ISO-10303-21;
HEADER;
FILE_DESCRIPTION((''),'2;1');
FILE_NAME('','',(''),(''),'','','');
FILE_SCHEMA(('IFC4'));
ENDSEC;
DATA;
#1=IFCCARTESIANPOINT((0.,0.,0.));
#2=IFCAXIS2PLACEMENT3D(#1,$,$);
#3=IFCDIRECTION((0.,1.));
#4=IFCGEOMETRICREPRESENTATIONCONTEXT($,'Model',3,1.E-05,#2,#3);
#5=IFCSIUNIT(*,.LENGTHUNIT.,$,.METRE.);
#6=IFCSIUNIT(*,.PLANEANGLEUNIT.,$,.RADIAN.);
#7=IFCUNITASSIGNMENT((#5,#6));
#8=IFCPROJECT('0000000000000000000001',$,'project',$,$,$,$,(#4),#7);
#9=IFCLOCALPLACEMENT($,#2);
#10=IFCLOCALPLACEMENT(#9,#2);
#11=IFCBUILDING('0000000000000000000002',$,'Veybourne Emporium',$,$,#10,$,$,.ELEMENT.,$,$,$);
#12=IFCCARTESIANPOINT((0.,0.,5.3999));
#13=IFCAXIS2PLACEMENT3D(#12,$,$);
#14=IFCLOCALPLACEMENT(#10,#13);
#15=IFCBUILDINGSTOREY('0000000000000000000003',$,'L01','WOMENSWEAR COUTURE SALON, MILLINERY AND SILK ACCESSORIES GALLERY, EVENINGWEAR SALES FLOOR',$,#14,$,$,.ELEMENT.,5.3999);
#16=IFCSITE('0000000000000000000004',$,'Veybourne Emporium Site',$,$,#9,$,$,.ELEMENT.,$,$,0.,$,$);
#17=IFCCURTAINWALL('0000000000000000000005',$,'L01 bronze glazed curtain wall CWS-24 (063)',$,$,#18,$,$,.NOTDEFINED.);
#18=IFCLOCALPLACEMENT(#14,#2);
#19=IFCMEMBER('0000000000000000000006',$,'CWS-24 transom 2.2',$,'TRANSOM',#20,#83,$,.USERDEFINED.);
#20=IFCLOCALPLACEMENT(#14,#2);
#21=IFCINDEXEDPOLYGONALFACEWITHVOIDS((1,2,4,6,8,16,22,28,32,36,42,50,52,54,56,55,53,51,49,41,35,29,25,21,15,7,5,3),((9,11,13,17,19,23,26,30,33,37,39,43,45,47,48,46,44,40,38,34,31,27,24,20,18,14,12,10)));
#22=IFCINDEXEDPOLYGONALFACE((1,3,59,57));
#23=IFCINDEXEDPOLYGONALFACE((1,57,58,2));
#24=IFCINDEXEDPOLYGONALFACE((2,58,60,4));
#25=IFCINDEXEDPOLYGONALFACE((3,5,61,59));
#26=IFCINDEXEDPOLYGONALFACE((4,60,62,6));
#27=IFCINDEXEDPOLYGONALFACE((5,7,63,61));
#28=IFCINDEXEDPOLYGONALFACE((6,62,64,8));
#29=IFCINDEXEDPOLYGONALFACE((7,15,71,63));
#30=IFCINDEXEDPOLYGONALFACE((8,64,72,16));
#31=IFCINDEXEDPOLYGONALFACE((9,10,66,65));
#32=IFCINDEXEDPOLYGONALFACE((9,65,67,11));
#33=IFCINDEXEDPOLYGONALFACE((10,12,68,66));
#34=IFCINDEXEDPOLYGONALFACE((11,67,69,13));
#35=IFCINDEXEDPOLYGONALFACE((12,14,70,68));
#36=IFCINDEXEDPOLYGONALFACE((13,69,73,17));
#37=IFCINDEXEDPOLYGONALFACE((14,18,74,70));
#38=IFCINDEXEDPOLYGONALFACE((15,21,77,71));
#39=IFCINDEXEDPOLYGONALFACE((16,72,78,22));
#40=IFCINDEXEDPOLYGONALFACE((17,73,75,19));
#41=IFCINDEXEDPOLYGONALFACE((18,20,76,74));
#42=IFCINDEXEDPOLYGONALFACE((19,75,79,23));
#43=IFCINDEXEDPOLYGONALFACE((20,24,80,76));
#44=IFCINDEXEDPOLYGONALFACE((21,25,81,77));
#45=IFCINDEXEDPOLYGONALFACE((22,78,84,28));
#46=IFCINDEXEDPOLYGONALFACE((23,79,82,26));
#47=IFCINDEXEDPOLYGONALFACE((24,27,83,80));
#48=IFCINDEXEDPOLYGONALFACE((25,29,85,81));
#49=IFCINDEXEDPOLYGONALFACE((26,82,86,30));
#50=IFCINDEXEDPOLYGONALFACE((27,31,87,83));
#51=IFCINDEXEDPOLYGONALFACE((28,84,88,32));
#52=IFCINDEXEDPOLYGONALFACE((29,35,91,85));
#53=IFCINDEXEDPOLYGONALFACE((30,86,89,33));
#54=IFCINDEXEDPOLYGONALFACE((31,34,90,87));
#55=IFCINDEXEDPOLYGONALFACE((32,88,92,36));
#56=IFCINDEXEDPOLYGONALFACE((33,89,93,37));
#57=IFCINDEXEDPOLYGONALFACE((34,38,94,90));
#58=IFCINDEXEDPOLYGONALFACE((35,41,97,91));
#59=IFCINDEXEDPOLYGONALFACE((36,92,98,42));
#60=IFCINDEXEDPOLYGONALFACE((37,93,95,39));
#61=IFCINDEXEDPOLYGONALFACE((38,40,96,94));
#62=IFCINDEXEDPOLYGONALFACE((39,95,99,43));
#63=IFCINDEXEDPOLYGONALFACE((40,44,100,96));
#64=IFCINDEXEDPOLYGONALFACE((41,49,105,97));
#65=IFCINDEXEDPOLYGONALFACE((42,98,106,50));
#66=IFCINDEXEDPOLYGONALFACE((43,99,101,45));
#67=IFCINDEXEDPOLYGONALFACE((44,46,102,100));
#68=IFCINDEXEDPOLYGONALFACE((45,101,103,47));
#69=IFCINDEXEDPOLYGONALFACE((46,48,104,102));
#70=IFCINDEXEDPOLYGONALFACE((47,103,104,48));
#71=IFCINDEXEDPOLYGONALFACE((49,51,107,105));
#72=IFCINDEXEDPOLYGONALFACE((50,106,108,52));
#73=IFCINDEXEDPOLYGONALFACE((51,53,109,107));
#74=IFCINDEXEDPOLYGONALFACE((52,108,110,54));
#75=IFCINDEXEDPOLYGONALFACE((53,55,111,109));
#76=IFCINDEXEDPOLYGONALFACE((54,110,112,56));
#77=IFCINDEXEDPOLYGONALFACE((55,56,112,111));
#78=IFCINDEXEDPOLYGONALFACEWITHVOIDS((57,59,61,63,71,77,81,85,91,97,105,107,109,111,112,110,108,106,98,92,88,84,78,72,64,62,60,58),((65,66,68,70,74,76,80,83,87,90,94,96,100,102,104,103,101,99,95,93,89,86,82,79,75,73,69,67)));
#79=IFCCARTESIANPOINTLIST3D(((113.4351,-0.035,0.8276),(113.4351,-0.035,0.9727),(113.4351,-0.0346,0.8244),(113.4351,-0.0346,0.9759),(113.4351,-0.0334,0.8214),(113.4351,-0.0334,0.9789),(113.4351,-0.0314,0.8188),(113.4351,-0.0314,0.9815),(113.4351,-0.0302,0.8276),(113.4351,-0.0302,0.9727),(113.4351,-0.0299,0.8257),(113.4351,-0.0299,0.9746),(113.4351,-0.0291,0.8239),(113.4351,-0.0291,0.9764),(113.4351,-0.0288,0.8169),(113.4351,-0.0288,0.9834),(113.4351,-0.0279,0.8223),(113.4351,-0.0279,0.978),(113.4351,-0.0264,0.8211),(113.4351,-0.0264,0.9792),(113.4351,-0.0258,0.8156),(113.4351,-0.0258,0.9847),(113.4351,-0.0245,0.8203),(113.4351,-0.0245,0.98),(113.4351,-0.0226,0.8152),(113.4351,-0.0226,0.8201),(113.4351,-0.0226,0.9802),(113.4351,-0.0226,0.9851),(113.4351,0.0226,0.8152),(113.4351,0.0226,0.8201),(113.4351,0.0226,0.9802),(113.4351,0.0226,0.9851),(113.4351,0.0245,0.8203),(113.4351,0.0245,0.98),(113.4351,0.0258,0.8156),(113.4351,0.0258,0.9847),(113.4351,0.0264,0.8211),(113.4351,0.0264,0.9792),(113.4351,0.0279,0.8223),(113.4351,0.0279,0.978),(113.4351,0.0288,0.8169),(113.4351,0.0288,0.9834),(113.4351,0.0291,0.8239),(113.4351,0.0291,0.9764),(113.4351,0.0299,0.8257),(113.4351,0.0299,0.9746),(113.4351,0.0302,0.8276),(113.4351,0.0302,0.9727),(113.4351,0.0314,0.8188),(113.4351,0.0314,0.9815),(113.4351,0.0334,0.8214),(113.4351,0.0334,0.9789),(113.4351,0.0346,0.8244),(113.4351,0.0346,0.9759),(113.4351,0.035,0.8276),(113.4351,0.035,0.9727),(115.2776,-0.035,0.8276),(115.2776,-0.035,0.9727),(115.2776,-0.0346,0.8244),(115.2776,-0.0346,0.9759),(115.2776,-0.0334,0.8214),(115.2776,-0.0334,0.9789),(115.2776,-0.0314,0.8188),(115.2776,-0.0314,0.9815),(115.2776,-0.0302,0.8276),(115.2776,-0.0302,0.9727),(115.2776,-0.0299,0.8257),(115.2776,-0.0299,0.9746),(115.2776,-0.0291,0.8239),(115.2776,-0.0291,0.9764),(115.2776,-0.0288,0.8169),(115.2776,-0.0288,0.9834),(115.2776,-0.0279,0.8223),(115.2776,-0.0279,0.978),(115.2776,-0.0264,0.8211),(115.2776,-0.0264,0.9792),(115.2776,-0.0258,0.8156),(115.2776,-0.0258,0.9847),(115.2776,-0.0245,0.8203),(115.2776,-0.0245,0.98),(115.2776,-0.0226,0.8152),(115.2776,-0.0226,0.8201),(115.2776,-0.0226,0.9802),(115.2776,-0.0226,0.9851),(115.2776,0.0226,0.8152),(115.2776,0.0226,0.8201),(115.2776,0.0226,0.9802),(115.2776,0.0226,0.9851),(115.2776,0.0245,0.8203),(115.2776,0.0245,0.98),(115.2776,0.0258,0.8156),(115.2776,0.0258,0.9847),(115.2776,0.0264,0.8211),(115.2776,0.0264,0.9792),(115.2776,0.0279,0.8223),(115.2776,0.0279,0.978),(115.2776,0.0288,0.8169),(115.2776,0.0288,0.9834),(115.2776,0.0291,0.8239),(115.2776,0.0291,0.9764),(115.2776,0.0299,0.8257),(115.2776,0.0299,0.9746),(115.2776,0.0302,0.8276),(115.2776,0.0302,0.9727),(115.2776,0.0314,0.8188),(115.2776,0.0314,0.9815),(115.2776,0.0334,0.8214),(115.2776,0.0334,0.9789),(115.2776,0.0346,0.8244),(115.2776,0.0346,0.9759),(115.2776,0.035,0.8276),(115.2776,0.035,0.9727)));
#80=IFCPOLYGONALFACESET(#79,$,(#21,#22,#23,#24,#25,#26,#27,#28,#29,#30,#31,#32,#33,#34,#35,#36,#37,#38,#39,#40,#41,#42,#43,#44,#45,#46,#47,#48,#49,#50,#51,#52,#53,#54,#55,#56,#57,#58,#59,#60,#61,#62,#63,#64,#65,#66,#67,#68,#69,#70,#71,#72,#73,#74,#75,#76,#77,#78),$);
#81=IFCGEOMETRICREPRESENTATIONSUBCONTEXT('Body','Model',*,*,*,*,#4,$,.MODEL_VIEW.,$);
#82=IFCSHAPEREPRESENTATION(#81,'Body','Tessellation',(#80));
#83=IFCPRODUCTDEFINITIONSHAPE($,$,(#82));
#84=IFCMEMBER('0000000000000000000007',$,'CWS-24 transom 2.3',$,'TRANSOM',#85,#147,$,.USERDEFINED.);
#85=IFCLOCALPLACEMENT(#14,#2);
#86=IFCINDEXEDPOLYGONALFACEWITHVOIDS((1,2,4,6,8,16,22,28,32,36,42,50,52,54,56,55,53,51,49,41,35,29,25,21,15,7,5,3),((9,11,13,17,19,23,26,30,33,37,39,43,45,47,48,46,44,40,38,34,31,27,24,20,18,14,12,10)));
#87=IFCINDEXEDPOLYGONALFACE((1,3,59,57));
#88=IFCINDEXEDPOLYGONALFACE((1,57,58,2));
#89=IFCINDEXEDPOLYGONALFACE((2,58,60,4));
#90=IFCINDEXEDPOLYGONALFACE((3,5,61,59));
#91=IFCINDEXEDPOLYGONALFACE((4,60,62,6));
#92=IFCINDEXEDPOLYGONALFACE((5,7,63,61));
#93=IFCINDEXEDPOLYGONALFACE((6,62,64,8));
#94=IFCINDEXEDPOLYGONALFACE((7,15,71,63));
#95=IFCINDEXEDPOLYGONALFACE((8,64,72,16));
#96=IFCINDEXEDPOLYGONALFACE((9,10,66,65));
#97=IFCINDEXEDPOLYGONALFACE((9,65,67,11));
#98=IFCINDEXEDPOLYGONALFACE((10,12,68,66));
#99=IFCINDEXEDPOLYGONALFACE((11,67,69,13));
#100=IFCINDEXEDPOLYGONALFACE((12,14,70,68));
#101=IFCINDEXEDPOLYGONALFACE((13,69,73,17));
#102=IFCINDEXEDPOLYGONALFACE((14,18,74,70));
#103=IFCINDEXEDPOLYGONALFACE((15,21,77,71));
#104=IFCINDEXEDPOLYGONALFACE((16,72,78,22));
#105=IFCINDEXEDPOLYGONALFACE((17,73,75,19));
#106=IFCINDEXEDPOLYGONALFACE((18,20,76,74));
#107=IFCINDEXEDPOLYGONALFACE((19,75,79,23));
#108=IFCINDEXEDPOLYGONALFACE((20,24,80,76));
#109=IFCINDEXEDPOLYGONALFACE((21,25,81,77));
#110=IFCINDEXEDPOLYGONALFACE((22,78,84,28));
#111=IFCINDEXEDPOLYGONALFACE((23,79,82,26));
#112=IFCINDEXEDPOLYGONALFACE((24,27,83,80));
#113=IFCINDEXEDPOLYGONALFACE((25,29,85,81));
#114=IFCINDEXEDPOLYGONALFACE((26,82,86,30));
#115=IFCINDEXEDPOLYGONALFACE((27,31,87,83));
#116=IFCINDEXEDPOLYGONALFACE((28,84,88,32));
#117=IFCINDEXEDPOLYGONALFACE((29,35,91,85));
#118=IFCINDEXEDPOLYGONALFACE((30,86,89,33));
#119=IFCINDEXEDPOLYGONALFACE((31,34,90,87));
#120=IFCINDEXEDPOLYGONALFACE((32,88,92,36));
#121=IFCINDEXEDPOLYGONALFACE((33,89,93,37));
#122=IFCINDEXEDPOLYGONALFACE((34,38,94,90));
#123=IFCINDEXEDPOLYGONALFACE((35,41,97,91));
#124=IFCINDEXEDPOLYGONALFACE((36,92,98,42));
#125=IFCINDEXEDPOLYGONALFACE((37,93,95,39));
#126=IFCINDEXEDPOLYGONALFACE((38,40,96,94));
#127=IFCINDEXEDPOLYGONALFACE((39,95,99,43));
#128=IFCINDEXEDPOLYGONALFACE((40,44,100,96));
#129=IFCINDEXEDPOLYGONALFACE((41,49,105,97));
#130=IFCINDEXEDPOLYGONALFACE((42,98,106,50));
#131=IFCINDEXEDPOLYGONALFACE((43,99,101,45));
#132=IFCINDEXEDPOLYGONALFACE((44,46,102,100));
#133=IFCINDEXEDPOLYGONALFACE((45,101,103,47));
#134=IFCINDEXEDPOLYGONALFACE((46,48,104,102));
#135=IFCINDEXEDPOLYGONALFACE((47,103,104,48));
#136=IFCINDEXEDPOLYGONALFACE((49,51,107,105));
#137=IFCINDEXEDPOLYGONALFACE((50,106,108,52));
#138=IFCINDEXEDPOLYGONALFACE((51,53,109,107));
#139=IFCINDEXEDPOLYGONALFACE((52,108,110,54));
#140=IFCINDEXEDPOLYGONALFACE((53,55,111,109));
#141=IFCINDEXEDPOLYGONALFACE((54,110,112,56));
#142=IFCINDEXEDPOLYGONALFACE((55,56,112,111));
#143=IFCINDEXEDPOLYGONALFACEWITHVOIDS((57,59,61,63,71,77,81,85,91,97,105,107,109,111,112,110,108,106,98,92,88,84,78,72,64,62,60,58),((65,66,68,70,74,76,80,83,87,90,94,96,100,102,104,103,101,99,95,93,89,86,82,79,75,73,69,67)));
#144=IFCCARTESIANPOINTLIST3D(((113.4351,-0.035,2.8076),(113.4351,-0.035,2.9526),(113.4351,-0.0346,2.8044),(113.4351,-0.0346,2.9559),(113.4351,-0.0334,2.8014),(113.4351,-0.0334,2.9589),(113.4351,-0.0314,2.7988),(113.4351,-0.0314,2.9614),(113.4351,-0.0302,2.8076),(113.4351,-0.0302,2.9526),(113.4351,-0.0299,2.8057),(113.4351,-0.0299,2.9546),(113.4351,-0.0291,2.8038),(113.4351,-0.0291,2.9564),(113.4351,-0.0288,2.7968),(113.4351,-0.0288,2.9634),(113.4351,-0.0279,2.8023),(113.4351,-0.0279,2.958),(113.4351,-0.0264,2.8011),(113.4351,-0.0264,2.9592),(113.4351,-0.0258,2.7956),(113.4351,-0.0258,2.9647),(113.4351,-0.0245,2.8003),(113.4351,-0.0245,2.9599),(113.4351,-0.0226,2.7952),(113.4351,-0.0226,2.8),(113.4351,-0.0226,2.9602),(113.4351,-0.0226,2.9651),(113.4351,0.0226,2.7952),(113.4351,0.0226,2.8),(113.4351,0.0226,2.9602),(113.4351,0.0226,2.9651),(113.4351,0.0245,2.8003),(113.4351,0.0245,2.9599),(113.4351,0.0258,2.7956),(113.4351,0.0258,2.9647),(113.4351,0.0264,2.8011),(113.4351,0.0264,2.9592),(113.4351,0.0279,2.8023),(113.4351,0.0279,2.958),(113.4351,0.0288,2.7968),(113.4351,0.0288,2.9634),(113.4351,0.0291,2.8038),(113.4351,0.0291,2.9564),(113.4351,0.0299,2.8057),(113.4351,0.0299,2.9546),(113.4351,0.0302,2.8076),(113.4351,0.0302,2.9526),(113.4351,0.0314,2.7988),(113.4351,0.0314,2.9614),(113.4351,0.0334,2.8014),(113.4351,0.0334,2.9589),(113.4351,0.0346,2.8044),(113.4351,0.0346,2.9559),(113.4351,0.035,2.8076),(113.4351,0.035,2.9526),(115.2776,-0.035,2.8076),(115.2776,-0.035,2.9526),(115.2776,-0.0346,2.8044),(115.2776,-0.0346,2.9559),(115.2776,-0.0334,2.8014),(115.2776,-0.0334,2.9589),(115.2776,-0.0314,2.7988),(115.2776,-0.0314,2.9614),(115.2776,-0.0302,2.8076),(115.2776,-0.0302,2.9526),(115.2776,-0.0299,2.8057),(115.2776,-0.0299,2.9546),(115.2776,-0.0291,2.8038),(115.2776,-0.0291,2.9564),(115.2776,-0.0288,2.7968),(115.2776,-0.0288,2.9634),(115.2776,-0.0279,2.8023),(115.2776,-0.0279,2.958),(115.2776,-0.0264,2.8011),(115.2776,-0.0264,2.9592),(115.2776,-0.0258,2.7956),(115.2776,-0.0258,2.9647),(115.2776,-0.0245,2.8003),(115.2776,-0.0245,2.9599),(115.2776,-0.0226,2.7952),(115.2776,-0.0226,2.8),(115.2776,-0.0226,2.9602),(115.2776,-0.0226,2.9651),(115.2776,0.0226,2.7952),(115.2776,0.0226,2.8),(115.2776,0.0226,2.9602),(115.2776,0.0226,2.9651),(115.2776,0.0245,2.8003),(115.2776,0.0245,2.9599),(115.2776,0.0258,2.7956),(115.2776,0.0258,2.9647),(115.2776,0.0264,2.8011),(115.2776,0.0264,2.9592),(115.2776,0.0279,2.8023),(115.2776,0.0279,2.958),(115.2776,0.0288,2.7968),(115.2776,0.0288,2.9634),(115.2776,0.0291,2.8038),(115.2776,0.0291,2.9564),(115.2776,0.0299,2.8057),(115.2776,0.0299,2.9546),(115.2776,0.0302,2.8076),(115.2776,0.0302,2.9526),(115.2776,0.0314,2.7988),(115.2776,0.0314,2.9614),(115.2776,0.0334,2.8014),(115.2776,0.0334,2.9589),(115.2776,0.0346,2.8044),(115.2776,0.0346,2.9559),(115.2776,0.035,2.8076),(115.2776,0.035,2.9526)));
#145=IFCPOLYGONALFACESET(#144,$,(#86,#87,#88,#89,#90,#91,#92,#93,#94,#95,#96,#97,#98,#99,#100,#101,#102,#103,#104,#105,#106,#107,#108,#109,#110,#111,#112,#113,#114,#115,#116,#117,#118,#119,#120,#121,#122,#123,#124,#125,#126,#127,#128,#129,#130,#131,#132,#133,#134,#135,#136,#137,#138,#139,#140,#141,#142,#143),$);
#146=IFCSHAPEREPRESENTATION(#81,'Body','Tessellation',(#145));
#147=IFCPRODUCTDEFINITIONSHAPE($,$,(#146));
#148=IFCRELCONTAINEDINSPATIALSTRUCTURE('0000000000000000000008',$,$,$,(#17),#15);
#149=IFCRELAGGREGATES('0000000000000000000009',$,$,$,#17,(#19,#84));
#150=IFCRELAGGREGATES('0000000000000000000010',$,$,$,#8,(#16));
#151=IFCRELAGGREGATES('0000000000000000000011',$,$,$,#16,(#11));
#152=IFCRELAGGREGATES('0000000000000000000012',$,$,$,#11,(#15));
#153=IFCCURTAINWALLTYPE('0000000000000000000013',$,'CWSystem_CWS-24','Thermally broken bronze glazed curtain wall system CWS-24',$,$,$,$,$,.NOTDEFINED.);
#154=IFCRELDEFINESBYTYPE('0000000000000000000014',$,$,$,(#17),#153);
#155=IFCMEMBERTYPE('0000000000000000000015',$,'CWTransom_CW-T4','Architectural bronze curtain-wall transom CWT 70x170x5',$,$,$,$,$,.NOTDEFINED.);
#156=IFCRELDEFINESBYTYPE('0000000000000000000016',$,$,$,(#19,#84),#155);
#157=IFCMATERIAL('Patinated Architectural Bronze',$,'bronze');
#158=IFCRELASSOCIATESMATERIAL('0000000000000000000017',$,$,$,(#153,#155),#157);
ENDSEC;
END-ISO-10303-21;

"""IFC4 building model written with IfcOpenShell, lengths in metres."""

from ifc_helpers import new_model, si_unit, direction, frame, origin, origin_2d, place, context, subcontext, project, spatial, hollow_rectangle, extrude, material, material_profile, profile_set, type_object, element, aggregate, save


model = new_model("IFC4")

# Units and contexts
model_context = context("Model", 3, precision=1e-05, world=origin(), true_north=direction((0.0, 1.0)))
body_context = subcontext(model_context, "Body", "Model", "MODEL_VIEW")
ifc_project = project(units=[si_unit("LENGTHUNIT", "METRE"), si_unit("PLANEANGLEUNIT", "RADIAN")], contexts=[model_context])

# Site, building, storey
site_placement = place(None, origin())
site = spatial("IfcSite", under=ifc_project, at=site_placement, Name="Veybourne Emporium Site", CompositionType="ELEMENT", RefElevation=0.0)
building_placement = place(site_placement, origin())
building = spatial("IfcBuilding", under=site, at=building_placement, Name="Veybourne Emporium", CompositionType="ELEMENT")
storey_placement = place(building_placement, frame((0.0, 0.0, 5.3999)))
storey = spatial("IfcBuildingStorey", under=building, at=storey_placement, Name="L01", Description="WOMENSWEAR COUTURE SALON, MILLINERY AND SILK ACCESSORIES GALLERY, EVENINGWEAR SALES FLOOR", CompositionType="ELEMENT", Elevation=5.3999)

# Curtain wall, members
ifc_material_1 = material(Name="Patinated Architectural Bronze", Category="bronze")
curtain_wall_type = type_object("IfcCurtainWallType", Name="CWSystem_CWS-24", Description="Thermally broken bronze glazed curtain wall system CWS-24", PredefinedType="NOTDEFINED", material=ifc_material_1)
curtain_wall_placement = place(storey_placement, origin())
curtain_wall = element("IfcCurtainWall", 1, at=curtain_wall_placement, inside=storey, type_object=curtain_wall_type, Name="L01 bronze glazed curtain wall CWS-24 (063)", PredefinedType="NOTDEFINED")
ifc_material_profile_1 = material_profile(ifc_material_1, hollow_rectangle(XDim=0.0701, YDim=0.1699, WallThickness=0.0049, InnerFilletRadius=0.0076, OuterFilletRadius=0.0125, at=origin_2d()), Name="CWT 70x170x5")
ifc_profile_set_1 = profile_set([ifc_material_profile_1], Name="Patinated Architectural Bronze")
member_type_1 = type_object("IfcMemberType", Name="CWTransom_CW-T4", Description="Architectural bronze curtain-wall transom CWT 70x170x5", PredefinedType="NOTDEFINED", material=ifc_profile_set_1)
member_1_placement = place(storey_placement, frame((115.2776, 0.0, 0.9001), z_axis=(-1.0, 0.0, 0.0), x_axis=(0.0, -1.0, 0.0)))
member_1 = element("IfcMember", 2, at=member_1_placement, type_object=member_type_1, Name="CWS-24 transom 2.2", ObjectType="TRANSOM", PredefinedType="USERDEFINED", context=body_context, shape_type="SweptSolid", body=[
    extrude(hollow_rectangle(XDim=0.0701, YDim=0.1699, WallThickness=0.0049, InnerFilletRadius=0.0076, OuterFilletRadius=0.0125, at=origin_2d()), origin(), (0.0, 0.0, 1.0), 1.8425),
])
member_2_placement = place(storey_placement, frame((115.2776, 0.0, 2.8801), z_axis=(-1.0, 0.0, 0.0), x_axis=(0.0, -1.0, 0.0)))
member_2 = element("IfcMember", 3, at=member_2_placement, type_object=member_type_1, Name="CWS-24 transom 2.3", ObjectType="TRANSOM", PredefinedType="USERDEFINED", context=body_context, shape_type="SweptSolid", body=[
    extrude(hollow_rectangle(XDim=0.0701, YDim=0.1699, WallThickness=0.0049, InnerFilletRadius=0.0076, OuterFilletRadius=0.0125, at=origin_2d()), origin(), (0.0, 0.0, 1.0), 1.8425),
])

aggregate(curtain_wall, [member_1, member_2])

save(model, "model.ifc")
